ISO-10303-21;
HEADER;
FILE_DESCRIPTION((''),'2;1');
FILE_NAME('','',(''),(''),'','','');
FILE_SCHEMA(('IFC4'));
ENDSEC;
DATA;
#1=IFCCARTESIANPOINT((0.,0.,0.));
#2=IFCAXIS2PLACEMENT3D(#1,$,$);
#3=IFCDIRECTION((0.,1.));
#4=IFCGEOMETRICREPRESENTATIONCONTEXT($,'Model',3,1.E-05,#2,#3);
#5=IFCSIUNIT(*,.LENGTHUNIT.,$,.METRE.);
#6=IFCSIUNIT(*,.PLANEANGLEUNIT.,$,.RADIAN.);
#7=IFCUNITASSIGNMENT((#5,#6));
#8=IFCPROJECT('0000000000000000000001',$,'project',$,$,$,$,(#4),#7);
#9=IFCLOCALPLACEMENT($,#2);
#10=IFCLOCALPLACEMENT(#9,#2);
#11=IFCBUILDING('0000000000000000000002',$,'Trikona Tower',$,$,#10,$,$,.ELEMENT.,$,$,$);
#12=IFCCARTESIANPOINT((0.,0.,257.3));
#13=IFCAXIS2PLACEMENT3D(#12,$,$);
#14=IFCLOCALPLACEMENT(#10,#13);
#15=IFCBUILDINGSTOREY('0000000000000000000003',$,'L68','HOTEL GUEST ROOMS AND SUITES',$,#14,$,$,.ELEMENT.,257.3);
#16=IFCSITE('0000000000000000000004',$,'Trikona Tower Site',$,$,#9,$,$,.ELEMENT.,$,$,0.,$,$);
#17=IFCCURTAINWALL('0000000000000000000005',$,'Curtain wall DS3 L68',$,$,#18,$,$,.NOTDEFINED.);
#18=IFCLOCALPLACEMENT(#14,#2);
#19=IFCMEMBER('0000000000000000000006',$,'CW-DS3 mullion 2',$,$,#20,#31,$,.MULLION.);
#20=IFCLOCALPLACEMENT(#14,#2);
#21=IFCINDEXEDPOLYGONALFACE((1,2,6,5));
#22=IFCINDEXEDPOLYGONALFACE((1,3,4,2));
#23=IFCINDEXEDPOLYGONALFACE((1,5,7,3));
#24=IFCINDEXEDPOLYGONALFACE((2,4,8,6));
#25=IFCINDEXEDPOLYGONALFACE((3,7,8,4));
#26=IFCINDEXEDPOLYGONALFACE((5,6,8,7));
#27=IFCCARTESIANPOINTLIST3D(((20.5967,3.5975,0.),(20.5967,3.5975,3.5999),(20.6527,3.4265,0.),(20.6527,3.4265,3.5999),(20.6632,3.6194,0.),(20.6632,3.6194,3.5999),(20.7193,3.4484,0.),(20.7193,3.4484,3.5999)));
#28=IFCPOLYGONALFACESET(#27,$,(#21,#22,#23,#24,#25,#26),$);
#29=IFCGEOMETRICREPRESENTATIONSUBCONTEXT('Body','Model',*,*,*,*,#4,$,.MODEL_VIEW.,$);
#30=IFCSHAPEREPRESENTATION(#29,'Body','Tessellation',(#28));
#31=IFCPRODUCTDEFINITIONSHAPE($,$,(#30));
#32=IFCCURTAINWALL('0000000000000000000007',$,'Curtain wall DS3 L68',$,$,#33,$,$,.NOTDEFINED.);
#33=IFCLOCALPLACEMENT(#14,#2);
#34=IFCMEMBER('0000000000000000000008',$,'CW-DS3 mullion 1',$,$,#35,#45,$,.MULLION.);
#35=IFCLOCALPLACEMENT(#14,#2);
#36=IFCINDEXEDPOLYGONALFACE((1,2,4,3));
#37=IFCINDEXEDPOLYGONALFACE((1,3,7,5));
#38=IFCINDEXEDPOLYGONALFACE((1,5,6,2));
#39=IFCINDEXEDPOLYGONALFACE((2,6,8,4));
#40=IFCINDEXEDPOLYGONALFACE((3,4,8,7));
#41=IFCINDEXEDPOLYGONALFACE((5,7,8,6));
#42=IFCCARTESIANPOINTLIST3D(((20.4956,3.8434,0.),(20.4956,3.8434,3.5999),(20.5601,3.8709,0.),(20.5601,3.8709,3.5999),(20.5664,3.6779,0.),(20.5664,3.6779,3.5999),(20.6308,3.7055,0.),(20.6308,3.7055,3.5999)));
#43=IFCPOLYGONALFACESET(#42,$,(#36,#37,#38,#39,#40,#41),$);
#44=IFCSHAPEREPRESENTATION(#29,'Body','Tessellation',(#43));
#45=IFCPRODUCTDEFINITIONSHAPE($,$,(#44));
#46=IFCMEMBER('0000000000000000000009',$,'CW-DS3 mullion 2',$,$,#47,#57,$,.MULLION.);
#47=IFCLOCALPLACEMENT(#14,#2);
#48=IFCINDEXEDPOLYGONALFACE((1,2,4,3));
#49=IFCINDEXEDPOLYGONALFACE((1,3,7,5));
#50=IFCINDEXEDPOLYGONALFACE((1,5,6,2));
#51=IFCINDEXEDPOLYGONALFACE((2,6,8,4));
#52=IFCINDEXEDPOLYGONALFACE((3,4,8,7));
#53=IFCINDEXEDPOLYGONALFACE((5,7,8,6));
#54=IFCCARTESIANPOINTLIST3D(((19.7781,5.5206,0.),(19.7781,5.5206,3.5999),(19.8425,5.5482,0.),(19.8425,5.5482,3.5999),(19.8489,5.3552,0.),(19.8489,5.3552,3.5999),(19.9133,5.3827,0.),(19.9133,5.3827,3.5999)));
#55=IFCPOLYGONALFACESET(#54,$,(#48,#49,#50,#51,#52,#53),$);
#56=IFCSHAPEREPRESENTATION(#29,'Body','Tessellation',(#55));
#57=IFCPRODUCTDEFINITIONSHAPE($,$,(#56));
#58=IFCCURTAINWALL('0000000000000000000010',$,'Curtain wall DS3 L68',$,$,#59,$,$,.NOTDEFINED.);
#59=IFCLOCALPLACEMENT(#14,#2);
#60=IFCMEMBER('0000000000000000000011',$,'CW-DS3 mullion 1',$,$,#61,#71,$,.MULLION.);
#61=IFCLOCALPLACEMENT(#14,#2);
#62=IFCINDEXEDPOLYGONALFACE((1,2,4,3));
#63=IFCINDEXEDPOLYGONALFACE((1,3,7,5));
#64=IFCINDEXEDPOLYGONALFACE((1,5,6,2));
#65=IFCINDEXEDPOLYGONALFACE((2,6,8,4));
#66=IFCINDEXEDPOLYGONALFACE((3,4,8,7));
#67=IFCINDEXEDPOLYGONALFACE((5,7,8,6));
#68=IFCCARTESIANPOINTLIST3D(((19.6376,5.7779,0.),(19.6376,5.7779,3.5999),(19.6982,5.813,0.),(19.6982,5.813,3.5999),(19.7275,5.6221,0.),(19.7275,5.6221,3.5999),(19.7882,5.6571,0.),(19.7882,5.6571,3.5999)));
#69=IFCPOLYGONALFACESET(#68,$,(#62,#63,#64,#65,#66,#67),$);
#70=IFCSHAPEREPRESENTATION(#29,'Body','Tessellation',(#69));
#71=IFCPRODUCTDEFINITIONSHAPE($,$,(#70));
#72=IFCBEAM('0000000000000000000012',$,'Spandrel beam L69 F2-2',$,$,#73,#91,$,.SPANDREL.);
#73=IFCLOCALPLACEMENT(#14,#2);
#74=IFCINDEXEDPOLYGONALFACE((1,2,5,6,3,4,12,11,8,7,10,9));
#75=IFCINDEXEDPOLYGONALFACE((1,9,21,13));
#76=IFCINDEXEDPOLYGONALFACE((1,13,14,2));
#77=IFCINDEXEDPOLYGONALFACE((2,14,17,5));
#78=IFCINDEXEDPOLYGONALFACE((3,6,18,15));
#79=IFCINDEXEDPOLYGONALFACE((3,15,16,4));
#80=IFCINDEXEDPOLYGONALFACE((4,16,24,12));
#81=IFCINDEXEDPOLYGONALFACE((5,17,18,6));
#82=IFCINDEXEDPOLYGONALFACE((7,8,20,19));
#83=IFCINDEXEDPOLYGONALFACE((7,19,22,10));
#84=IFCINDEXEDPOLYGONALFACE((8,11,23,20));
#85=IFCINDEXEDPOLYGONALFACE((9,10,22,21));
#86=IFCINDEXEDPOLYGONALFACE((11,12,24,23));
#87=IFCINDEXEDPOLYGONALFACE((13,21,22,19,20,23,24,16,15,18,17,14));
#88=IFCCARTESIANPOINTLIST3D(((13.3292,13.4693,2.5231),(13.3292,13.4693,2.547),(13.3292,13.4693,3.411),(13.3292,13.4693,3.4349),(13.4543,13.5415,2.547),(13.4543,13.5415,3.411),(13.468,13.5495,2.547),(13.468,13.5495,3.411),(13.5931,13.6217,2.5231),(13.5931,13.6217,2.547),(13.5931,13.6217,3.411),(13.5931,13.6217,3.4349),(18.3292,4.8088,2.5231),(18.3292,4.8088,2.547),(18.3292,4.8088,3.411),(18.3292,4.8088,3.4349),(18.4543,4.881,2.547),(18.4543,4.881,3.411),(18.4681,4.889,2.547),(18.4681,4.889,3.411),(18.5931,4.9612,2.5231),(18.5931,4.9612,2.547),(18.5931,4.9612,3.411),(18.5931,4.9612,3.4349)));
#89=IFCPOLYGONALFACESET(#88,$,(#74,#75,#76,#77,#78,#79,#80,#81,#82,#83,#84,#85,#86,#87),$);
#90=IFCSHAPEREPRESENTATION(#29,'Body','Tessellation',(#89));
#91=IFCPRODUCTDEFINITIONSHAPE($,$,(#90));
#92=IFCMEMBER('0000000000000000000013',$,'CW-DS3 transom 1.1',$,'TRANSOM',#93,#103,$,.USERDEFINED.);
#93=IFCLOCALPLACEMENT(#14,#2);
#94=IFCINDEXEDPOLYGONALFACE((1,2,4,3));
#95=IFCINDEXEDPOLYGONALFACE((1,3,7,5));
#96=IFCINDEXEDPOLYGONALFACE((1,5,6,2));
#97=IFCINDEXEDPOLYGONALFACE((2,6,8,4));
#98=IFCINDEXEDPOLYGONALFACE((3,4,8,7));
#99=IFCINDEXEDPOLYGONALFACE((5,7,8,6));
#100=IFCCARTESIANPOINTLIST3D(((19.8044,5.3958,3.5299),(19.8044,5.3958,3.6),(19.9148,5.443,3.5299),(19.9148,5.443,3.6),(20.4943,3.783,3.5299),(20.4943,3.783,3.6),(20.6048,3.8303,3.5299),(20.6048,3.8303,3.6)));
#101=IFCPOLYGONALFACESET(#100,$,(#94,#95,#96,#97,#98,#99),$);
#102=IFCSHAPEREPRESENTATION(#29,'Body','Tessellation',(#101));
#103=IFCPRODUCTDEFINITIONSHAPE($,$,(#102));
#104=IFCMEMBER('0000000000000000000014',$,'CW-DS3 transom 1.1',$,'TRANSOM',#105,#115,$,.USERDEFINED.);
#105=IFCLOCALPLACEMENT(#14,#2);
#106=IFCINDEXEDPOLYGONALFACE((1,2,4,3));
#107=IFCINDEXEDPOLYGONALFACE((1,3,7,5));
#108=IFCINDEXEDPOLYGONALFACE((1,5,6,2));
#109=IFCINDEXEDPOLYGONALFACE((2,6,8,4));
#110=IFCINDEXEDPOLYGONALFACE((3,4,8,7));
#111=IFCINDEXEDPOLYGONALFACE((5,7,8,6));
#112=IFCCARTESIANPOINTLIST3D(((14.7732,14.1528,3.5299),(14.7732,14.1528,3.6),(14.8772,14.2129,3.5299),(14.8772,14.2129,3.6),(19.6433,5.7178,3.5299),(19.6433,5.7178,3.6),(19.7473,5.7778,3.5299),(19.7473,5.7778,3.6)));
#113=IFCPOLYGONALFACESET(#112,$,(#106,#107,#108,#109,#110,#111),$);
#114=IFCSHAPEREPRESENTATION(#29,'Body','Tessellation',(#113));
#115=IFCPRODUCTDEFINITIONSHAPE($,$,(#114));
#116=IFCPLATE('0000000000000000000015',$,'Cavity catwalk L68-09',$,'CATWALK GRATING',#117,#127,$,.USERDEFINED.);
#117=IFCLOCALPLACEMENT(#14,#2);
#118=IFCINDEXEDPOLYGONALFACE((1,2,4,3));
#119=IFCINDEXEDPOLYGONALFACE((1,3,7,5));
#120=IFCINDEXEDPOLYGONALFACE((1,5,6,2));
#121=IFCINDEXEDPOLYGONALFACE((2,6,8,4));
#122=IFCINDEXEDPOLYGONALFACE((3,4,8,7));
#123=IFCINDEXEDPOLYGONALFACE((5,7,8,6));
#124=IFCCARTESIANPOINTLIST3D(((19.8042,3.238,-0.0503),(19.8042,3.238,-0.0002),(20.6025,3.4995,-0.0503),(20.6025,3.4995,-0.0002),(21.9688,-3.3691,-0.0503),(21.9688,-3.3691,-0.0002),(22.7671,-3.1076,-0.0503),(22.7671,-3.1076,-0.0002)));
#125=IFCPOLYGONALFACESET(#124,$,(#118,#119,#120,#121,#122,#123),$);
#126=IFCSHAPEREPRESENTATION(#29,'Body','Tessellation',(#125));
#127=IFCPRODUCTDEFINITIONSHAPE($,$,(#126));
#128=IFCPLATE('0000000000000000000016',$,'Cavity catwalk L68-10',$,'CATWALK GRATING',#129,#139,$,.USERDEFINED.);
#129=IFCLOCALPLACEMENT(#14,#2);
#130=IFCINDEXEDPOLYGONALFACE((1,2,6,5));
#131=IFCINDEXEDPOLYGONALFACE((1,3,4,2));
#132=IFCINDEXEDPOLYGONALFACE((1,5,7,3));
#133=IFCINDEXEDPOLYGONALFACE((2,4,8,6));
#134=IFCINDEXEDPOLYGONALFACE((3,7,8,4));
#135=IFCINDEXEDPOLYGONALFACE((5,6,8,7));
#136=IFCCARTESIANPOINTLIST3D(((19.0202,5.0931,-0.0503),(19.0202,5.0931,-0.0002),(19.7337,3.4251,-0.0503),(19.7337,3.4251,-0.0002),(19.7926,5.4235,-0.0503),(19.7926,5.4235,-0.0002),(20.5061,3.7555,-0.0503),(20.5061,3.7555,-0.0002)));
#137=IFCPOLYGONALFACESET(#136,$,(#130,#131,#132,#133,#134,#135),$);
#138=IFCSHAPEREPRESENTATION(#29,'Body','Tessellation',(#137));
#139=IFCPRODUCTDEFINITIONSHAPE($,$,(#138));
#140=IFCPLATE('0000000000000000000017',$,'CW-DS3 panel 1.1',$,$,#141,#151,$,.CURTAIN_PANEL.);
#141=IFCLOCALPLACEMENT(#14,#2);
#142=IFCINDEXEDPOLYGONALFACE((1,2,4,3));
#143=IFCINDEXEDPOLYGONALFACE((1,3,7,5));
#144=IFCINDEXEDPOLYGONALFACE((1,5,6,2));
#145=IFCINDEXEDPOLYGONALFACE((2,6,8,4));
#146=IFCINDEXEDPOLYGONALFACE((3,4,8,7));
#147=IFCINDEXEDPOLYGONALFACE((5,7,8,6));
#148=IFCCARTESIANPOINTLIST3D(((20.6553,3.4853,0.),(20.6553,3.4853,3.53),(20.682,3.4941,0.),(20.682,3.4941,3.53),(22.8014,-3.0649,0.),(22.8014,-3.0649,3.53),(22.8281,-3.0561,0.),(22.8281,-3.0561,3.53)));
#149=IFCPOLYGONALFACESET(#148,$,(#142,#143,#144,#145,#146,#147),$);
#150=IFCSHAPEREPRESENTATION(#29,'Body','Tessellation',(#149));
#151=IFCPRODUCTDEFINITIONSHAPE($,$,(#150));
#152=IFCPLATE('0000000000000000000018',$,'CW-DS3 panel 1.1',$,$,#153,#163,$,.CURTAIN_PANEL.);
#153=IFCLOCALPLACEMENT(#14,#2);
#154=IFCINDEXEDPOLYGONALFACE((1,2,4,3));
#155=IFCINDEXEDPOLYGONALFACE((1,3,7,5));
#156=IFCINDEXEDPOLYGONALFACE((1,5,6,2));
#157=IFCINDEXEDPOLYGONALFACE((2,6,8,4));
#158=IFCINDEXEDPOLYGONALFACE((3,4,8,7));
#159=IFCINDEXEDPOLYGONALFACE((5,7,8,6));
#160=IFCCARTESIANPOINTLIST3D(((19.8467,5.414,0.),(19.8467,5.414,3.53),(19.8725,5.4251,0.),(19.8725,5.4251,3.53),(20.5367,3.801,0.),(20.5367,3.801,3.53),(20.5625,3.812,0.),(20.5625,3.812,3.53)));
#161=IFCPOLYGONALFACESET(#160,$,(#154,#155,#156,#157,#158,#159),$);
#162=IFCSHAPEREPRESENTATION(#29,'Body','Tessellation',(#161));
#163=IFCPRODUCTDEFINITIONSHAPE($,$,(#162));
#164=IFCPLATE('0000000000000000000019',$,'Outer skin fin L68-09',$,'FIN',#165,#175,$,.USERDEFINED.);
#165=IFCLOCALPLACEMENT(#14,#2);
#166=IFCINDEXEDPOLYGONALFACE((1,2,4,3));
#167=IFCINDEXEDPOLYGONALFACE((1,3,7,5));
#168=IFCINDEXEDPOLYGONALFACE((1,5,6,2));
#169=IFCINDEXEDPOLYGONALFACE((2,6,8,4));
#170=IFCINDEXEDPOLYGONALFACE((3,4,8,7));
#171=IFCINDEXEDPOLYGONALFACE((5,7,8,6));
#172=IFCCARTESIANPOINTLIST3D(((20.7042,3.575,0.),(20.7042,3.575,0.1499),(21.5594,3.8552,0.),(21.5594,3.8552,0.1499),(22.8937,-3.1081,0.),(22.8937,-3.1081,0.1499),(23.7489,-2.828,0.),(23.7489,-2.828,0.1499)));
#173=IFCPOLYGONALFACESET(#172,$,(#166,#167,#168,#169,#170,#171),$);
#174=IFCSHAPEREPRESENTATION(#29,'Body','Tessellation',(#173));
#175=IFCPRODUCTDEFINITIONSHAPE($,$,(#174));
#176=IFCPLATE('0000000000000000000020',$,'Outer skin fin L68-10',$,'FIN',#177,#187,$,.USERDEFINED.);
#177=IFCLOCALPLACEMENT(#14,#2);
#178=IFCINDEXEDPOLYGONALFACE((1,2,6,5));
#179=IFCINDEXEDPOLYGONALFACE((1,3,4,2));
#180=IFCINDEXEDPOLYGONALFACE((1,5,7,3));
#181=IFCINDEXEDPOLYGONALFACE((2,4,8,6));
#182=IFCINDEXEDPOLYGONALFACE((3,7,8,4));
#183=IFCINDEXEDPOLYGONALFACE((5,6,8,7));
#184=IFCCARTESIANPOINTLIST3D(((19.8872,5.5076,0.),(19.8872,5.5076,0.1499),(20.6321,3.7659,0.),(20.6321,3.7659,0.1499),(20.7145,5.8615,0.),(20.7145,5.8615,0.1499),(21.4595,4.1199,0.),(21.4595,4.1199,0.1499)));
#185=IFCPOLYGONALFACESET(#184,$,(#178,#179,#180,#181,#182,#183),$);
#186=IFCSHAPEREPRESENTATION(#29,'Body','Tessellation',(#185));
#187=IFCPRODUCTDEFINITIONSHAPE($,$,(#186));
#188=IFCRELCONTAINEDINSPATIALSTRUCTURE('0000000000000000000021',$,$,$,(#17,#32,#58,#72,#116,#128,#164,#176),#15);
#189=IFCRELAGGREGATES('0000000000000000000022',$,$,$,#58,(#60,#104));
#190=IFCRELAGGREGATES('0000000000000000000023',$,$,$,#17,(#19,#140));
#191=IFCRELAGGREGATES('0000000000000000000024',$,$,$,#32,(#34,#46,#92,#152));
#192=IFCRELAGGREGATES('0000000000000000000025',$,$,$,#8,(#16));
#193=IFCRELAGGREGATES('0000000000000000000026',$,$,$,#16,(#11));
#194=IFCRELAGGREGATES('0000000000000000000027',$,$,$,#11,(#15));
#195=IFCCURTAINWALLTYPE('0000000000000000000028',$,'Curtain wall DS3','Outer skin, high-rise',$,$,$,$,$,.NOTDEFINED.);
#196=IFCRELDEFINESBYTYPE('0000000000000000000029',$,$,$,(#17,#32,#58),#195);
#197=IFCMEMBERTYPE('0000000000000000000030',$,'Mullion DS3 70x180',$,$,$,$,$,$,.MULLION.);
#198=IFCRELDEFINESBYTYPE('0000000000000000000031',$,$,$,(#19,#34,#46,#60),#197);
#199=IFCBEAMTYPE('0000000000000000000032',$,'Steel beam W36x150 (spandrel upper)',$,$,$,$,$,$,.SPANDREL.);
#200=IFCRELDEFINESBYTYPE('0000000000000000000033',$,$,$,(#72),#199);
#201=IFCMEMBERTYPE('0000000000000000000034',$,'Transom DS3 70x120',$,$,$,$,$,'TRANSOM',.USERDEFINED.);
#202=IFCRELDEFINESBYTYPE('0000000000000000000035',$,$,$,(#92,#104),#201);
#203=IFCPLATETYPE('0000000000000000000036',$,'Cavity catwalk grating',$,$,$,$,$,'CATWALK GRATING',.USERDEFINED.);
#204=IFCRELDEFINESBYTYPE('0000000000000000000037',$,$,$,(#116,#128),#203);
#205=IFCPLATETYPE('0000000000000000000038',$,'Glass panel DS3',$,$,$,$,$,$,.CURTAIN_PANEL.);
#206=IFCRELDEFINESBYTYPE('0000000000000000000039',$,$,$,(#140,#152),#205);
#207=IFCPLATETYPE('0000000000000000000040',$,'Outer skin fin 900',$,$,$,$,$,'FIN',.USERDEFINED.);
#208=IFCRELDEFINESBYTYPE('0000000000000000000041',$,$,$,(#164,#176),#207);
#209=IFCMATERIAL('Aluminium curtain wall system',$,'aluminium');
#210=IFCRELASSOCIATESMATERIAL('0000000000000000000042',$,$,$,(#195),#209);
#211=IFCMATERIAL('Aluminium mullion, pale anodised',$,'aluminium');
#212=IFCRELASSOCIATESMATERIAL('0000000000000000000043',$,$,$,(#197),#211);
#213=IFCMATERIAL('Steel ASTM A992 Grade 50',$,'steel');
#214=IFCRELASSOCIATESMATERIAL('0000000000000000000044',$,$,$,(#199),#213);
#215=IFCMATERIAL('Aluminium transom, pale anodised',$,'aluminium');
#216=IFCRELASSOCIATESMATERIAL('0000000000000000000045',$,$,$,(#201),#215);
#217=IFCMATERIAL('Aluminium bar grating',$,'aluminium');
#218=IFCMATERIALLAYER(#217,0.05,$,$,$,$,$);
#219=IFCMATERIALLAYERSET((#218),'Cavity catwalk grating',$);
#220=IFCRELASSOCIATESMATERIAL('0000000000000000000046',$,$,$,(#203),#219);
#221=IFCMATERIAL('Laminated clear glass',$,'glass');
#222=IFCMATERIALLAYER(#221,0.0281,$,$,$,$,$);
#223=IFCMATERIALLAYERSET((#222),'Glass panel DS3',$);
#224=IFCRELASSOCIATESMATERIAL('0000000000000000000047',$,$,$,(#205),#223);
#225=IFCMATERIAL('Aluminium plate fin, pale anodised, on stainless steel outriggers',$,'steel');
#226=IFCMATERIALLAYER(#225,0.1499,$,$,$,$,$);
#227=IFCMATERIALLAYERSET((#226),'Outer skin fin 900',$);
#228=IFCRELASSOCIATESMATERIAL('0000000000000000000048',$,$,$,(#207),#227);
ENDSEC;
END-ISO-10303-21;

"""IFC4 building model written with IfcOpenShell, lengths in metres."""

from ifc_helpers import new_model, si_unit, direction, frame, origin, origin_2d, place, context, subcontext, project, spatial, rectangle, i_section, extrude, material, layer, layer_set, material_profile, profile_set, type_object, element, aggregate, save


model = new_model("IFC4")

# Units and contexts
model_context = context("Model", 3, precision=1e-05, world=origin(), true_north=direction((0.0, 1.0)))
body_context = subcontext(model_context, "Body", "Model", "MODEL_VIEW")
ifc_project = project(units=[si_unit("LENGTHUNIT", "METRE"), si_unit("PLANEANGLEUNIT", "RADIAN")], contexts=[model_context])

# Site, building, storey
site_placement = place(None, origin())
site = spatial("IfcSite", under=ifc_project, at=site_placement, Name="Trikona Tower Site", CompositionType="ELEMENT", RefElevation=0.0)
building_placement = place(site_placement, origin())
building = spatial("IfcBuilding", under=site, at=building_placement, Name="Trikona Tower", CompositionType="ELEMENT")
storey_placement = place(building_placement, frame((0.0, 0.0, 257.3)))
storey = spatial("IfcBuildingStorey", under=building, at=storey_placement, Name="L68", Description="HOTEL GUEST ROOMS AND SUITES", CompositionType="ELEMENT", Elevation=257.3)

# Curtain wall, member
ifc_material_1 = material(Name="Aluminium curtain wall system", Category="aluminium")
curtain_wall_type = type_object("IfcCurtainWallType", Name="Curtain wall DS3", Description="Outer skin, high-rise", PredefinedType="NOTDEFINED", material=ifc_material_1)
curtain_wall_1_placement = place(storey_placement, origin())
curtain_wall_1 = element("IfcCurtainWall", 1, at=curtain_wall_1_placement, inside=storey, type_object=curtain_wall_type, Name="Curtain wall DS3 L68", PredefinedType="NOTDEFINED")
ifc_material_2 = material(Name="Aluminium mullion, pale anodised", Category="aluminium")
ifc_material_profile_1 = material_profile(ifc_material_2, rectangle(XDim=0.0701, YDim=0.1799, at=origin_2d()), Name="MUL-DS3")
ifc_profile_set_1 = profile_set([ifc_material_profile_1], Name="Aluminium mullion, pale anodised")
member_type_1 = type_object("IfcMemberType", Name="Mullion DS3 70x180", PredefinedType="MULLION", material=ifc_profile_set_1)
member_1_placement = place(storey_placement, frame((20.658, 3.5229, 0.0), z_axis=(0.0, 0.0, 1.0), x_axis=(-0.950297, -0.311344, 0.0)))
member_1 = element("IfcMember", 2, at=member_1_placement, type_object=member_type_1, Name="CW-DS3 mullion 2", PredefinedType="MULLION", context=body_context, shape_type="SweptSolid", body=[
    extrude(rectangle(XDim=0.0701, YDim=0.1799, at=origin_2d()), origin(), (0.0, 0.0, 1.0), 3.5999),
])

# Curtain wall, members
curtain_wall_2_placement = place(storey_placement, origin())
curtain_wall_2 = element("IfcCurtainWall", 3, at=curtain_wall_2_placement, inside=storey, type_object=curtain_wall_type, Name="Curtain wall DS3 L68", PredefinedType="NOTDEFINED")
member_2_placement = place(storey_placement, frame((20.5632, 3.7744, 0.0), z_axis=(0.0, 0.0, 1.0), x_axis=(-0.919421, -0.393276, 0.0)))
member_2 = element("IfcMember", 4, at=member_2_placement, type_object=member_type_1, Name="CW-DS3 mullion 1", PredefinedType="MULLION", context=body_context, shape_type="SweptSolid", body=[
    extrude(rectangle(XDim=0.0701, YDim=0.1799, at=origin_2d()), origin(), (0.0, 0.0, 1.0), 3.5999),
])
member_3_placement = place(storey_placement, frame((19.8457, 5.4517, 0.0), z_axis=(0.0, 0.0, 1.0), x_axis=(-0.919421, -0.393276, 0.0)))
member_3 = element("IfcMember", 5, at=member_3_placement, type_object=member_type_1, Name="CW-DS3 mullion 2", PredefinedType="MULLION", context=body_context, shape_type="SweptSolid", body=[
    extrude(rectangle(XDim=0.0701, YDim=0.1799, at=origin_2d()), origin(), (0.0, 0.0, 1.0), 3.5999),
])

# Curtain wall, member
curtain_wall_3_placement = place(storey_placement, origin())
curtain_wall_3 = element("IfcCurtainWall", 6, at=curtain_wall_3_placement, inside=storey, type_object=curtain_wall_type, Name="Curtain wall DS3 L68", PredefinedType="NOTDEFINED")
member_4_placement = place(storey_placement, frame((19.7129, 5.7175, 0.0), z_axis=(0.0, 0.0, 1.0), x_axis=(-0.866025, -0.500001, 0.0)))
member_4 = element("IfcMember", 7, at=member_4_placement, type_object=member_type_1, Name="CW-DS3 mullion 1", PredefinedType="MULLION", context=body_context, shape_type="SweptSolid", body=[
    extrude(rectangle(XDim=0.0701, YDim=0.1799, at=origin_2d()), origin(), (0.0, 0.0, 1.0), 3.5999),
])

# Beam
ifc_material_3 = material(Name="Steel ASTM A992 Grade 50", Category="steel")
ifc_material_profile_2 = material_profile(ifc_material_3, i_section(OverallWidth=0.3047, OverallDepth=0.9119, WebThickness=0.0159, FlangeThickness=0.0239, at=origin_2d()), Name="W36X150")
ifc_profile_set_2 = profile_set([ifc_material_profile_2], Name="Steel ASTM A992 Grade 50")
beam_type = type_object("IfcBeamType", Name="Steel beam W36x150 (spandrel upper)", PredefinedType="SPANDREL", material=ifc_profile_set_2)
beam_placement = place(storey_placement, frame((18.4612, 4.885, 2.979), z_axis=(-0.499994, 0.866029, 0.0), x_axis=(-0.866029, -0.499994, 0.0)))
element("IfcBeam", 8, at=beam_placement, inside=storey, type_object=beam_type, Name="Spandrel beam L69 F2-2", PredefinedType="SPANDREL", context=body_context, shape_type="SweptSolid", body=[
    extrude(i_section(OverallWidth=0.3047, OverallDepth=0.9119, WebThickness=0.0159, FlangeThickness=0.0239, at=origin_2d()), origin(), (0.0, 0.0, 1.0), 10.0002),
])

# Members
ifc_material_4 = material(Name="Aluminium transom, pale anodised", Category="aluminium")
ifc_material_profile_3 = material_profile(ifc_material_4, rectangle(XDim=0.1201, YDim=0.0701, at=origin_2d()), Name="TRN-DS3")
ifc_profile_set_3 = profile_set([ifc_material_profile_3], Name="Aluminium transom, pale anodised")
member_type_2 = type_object("IfcMemberType", Name="Transom DS3 70x120", ElementType="TRANSOM", PredefinedType="USERDEFINED", material=ifc_profile_set_3)
member_5_placement = place(storey_placement, frame((20.5496, 3.8066, 3.5649), z_axis=(-0.393315, 0.919404, 0.0), x_axis=(-0.919404, -0.393315, 0.0)))
member_5 = element("IfcMember", 9, at=member_5_placement, type_object=member_type_2, Name="CW-DS3 transom 1.1", ObjectType="TRANSOM", PredefinedType="USERDEFINED", context=body_context, shape_type="SweptSolid", body=[
    extrude(rectangle(XDim=0.1201, YDim=0.0701, at=origin_2d()), origin(), (0.0, 0.0, 1.0), 1.7542),
])
member_6_placement = place(storey_placement, frame((19.6953, 5.7478, 3.5649), z_axis=(-0.50001, 0.866019, 0.0), x_axis=(-0.866019, -0.50001, 0.0)))
member_6 = element("IfcMember", 10, at=member_6_placement, type_object=member_type_2, Name="CW-DS3 transom 1.1", ObjectType="TRANSOM", PredefinedType="USERDEFINED", context=body_context, shape_type="SweptSolid", body=[
    extrude(rectangle(XDim=0.1201, YDim=0.0701, at=origin_2d()), origin(), (0.0, 0.0, 1.0), 9.74),
])
aggregate(curtain_wall_3, [member_4, member_6])

# Plates
ifc_material_5 = material(Name="Aluminium bar grating", Category="aluminium")
ifc_layer_1 = layer(ifc_material_5, 0.05)
ifc_layer_set_1 = layer_set([ifc_layer_1], Name="Cavity catwalk grating")
plate_type_1 = type_object("IfcPlateType", Name="Cavity catwalk grating", ElementType="CATWALK GRATING", PredefinedType="USERDEFINED", material=ifc_layer_set_1)
plate_1_placement = place(storey_placement, frame((21.2856, 0.0652, -0.0503), z_axis=(0.0, 0.0, 1.0), x_axis=(-0.311337, 0.9503, 0.0)))
element("IfcPlate", 11, at=plate_1_placement, inside=storey, type_object=plate_type_1, Name="Cavity catwalk L68-09", ObjectType="CATWALK GRATING", PredefinedType="USERDEFINED", context=body_context, shape_type="SweptSolid", body=[
    extrude(rectangle(XDim=6.9526, YDim=0.8401, at=origin_2d()), origin(), (0.0, 0.0, 1.0), 0.05),
])
plate_2_placement = place(storey_placement, frame((19.7632, 4.4243, -0.0503), z_axis=(0.0, 0.0, 1.0), x_axis=(-0.393284, 0.919417, 0.0)))
element("IfcPlate", 12, at=plate_2_placement, inside=storey, type_object=plate_type_1, Name="Cavity catwalk L68-10", ObjectType="CATWALK GRATING", PredefinedType="USERDEFINED", context=body_context, shape_type="SweptSolid", body=[
    extrude(rectangle(XDim=1.8142, YDim=0.8401, at=origin_2d()), origin(), (0.0, 0.0, 1.0), 0.05),
])

# Plates
ifc_material_6 = material(Name="Laminated clear glass", Category="glass")
ifc_layer_2 = layer(ifc_material_6, 0.0281)
ifc_layer_set_2 = layer_set([ifc_layer_2], Name="Glass panel DS3")
plate_type_2 = type_object("IfcPlateType", Name="Glass panel DS3", PredefinedType="CURTAIN_PANEL", material=ifc_layer_set_2)
plate_3_placement = place(storey_placement, frame((21.7417, 0.2146, 0.0), z_axis=(0.0, 0.0, 1.0), x_axis=(-0.311344, 0.950297, 0.0)))
plate_3 = element("IfcPlate", 13, at=plate_3_placement, type_object=plate_type_2, Name="CW-DS3 panel 1.1", PredefinedType="CURTAIN_PANEL", context=body_context, shape_type="SweptSolid", body=[
    extrude(rectangle(XDim=6.8928, YDim=0.0281, at=origin_2d()), origin(), (0.0, 0.0, 1.0), 3.53),
])
aggregate(curtain_wall_1, [member_1, plate_3])
plate_4_placement = place(storey_placement, frame((20.2046, 4.613, 0.0), z_axis=(0.0, 0.0, 1.0), x_axis=(-0.393276, 0.919421, 0.0)))
plate_4 = element("IfcPlate", 14, at=plate_4_placement, type_object=plate_type_2, Name="CW-DS3 panel 1.1", PredefinedType="CURTAIN_PANEL", context=body_context, shape_type="SweptSolid", body=[
    extrude(rectangle(XDim=1.7544, YDim=0.0281, at=origin_2d()), origin(), (0.0, 0.0, 1.0), 3.53),
])
aggregate(curtain_wall_2, [member_2, member_3, member_5, plate_4])

# Plates
ifc_material_7 = material(Name="Aluminium plate fin, pale anodised, on stainless steel outriggers", Category="steel")
ifc_layer_3 = layer(ifc_material_7, 0.1499)
ifc_layer_set_3 = layer_set([ifc_layer_3], Name="Outer skin fin 900")
plate_type_3 = type_object("IfcPlateType", Name="Outer skin fin 900", ElementType="FIN", PredefinedType="USERDEFINED", material=ifc_layer_set_3)
plate_5_placement = place(storey_placement, frame((22.2266, 0.3735, 0.0), z_axis=(0.0, 0.0, 1.0), x_axis=(-0.311337, 0.9503, 0.0)))
element("IfcPlate", 15, at=plate_5_placement, inside=storey, type_object=plate_type_3, Name="Outer skin fin L68-09", ObjectType="FIN", PredefinedType="USERDEFINED", context=body_context, shape_type="SweptSolid", body=[
    extrude(rectangle(XDim=7.0327, YDim=0.8999, at=origin_2d()), origin(), (0.0, 0.0, 1.0), 0.1499),
])
plate_6_placement = place(storey_placement, frame((20.6733, 4.8137, 0.0), z_axis=(0.0, 0.0, 1.0), x_axis=(-0.393284, 0.919417, 0.0)))
element("IfcPlate", 16, at=plate_6_placement, inside=storey, type_object=plate_type_3, Name="Outer skin fin L68-10", ObjectType="FIN", PredefinedType="USERDEFINED", context=body_context, shape_type="SweptSolid", body=[
    extrude(rectangle(XDim=1.8943, YDim=0.8999, at=origin_2d()), origin(), (0.0, 0.0, 1.0), 0.1499),
])

save(model, "model.ifc")
